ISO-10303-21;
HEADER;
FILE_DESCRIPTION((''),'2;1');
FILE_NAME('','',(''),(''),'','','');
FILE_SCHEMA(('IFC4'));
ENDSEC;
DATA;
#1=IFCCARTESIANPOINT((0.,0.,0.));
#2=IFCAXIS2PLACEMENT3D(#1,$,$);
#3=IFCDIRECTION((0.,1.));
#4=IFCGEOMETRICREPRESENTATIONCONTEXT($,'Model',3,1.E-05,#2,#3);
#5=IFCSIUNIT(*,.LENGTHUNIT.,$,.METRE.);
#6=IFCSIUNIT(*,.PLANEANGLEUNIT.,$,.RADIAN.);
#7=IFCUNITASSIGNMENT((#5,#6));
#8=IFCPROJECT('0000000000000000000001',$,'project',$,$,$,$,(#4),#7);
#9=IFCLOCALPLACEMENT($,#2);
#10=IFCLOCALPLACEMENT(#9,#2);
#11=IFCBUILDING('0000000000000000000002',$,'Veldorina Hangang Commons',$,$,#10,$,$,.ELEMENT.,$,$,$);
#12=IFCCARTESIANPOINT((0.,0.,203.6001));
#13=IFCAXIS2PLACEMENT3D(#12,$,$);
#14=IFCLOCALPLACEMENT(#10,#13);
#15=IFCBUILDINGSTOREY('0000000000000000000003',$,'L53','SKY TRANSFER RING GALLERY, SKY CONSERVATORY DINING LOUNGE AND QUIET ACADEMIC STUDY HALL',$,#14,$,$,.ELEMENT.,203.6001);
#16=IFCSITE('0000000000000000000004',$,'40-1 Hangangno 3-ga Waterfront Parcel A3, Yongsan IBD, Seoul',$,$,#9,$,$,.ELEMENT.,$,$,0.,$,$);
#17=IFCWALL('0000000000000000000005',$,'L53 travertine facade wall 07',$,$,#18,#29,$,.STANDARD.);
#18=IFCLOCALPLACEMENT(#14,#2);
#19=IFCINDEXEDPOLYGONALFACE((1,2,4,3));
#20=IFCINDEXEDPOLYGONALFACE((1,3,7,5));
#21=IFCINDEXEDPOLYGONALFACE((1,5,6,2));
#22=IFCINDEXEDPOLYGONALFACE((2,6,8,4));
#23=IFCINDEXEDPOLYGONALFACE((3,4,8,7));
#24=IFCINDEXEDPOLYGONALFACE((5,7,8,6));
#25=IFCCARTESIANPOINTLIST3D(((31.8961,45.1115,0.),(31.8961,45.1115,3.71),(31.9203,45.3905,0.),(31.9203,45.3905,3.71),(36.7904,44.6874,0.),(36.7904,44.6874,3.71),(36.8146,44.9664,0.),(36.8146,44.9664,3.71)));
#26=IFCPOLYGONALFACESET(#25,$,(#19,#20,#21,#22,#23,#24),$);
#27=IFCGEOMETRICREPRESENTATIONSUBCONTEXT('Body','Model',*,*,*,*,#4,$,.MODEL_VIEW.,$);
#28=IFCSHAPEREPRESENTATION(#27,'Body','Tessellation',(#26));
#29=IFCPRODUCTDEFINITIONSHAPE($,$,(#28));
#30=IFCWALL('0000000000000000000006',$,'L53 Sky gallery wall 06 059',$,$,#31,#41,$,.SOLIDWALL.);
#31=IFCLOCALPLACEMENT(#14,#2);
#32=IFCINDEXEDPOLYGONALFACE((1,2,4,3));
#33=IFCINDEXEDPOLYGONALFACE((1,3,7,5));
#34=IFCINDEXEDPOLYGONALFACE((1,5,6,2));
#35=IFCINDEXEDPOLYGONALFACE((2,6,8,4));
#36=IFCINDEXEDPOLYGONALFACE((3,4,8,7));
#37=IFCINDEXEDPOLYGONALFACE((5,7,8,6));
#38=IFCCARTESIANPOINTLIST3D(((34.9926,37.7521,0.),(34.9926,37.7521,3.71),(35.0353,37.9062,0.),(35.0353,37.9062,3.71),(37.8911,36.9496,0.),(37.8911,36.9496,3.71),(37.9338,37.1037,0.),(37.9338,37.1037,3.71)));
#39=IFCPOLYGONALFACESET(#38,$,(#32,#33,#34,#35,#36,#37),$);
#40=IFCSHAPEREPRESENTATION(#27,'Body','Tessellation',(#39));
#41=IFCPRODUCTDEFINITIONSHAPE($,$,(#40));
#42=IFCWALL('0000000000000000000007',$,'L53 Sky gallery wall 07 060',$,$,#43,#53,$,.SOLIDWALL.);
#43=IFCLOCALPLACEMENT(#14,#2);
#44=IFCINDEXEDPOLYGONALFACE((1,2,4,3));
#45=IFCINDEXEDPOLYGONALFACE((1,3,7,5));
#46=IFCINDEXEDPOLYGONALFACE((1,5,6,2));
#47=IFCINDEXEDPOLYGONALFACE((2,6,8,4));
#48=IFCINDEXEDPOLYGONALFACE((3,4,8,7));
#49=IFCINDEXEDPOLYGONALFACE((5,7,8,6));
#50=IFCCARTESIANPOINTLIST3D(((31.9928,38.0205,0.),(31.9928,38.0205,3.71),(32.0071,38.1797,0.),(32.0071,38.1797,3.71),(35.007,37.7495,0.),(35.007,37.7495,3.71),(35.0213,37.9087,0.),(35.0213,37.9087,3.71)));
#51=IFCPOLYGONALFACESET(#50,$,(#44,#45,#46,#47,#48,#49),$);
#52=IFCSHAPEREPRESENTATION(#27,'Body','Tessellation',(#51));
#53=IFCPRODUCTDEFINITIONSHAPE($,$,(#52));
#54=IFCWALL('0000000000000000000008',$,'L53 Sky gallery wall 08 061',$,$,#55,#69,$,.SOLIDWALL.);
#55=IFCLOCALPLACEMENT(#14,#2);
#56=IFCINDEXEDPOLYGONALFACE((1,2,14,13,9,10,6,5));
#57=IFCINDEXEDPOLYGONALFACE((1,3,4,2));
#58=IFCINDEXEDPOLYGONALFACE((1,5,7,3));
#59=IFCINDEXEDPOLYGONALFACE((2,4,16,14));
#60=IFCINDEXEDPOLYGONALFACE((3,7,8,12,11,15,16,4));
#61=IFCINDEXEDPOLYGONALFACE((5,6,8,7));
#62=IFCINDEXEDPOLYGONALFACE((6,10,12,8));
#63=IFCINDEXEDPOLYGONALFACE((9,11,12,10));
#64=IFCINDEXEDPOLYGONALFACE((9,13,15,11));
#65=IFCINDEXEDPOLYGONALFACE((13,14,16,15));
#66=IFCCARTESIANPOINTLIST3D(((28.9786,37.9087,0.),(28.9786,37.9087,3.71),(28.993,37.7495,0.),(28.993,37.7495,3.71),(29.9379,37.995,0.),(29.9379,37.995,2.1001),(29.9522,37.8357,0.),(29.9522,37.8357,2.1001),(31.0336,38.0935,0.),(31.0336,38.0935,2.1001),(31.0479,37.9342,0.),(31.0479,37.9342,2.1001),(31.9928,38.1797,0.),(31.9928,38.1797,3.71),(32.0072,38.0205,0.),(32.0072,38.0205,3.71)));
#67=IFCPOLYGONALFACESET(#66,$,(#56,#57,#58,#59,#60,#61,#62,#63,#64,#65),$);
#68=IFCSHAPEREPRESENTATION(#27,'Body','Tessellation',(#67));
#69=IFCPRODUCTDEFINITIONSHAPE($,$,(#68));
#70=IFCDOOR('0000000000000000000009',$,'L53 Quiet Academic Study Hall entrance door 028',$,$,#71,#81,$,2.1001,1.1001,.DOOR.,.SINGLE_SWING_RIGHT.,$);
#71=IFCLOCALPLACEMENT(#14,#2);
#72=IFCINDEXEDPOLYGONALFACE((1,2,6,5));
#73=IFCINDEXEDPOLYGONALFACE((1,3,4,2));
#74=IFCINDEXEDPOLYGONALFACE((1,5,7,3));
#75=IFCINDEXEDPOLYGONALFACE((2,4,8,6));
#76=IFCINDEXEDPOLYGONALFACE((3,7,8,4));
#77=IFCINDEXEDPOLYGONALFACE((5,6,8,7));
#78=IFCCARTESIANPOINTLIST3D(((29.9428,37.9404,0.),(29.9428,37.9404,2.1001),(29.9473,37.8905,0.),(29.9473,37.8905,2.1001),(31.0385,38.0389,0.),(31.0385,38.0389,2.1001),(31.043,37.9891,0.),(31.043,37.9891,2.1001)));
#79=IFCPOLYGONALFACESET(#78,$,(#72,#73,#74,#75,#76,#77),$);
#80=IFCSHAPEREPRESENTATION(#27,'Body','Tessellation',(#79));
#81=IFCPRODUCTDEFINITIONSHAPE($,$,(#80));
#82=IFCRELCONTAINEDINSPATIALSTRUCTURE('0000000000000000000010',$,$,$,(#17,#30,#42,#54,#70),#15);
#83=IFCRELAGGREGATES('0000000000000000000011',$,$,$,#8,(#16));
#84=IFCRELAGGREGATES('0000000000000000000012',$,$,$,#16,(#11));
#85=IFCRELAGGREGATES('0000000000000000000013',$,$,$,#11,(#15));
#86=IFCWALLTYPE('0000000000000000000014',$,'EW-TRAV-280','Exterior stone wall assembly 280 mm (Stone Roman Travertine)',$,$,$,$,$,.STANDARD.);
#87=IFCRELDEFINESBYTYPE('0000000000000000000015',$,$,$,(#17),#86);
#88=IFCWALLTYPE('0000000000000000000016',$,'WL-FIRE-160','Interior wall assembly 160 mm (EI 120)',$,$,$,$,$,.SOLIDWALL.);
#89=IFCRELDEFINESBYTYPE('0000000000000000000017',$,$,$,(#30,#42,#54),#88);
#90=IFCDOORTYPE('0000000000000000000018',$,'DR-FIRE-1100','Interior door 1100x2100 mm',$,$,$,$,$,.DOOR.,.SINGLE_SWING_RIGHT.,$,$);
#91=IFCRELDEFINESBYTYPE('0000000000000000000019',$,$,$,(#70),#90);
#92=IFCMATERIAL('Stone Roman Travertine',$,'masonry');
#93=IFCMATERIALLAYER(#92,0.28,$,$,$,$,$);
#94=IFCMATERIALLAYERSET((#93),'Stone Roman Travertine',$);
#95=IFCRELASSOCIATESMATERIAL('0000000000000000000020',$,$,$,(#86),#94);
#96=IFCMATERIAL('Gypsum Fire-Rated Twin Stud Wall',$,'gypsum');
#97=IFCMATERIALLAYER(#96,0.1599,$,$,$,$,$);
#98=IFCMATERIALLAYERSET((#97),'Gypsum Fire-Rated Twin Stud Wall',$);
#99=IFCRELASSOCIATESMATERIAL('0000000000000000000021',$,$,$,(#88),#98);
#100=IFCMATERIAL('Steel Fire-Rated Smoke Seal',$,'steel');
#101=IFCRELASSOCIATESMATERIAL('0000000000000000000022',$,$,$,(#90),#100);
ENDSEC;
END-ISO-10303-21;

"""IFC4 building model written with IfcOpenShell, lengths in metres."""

from ifc_helpers import new_model, si_unit, direction, frame, frame_2d, origin, place, context, subcontext, project, spatial, rectangle, extrude, material, layer, layer_set, type_object, element, fill, save


model = new_model("IFC4")

# Units and contexts
model_context = context("Model", 3, precision=1e-05, world=origin(), true_north=direction((0.0, 1.0)))
body_context = subcontext(model_context, "Body", "Model", "MODEL_VIEW")
ifc_project = project(units=[si_unit("LENGTHUNIT", "METRE"), si_unit("PLANEANGLEUNIT", "RADIAN")], contexts=[model_context])

# Site, building, storey
site_placement = place(None, origin())
site = spatial("IfcSite", under=ifc_project, at=site_placement, Name="40-1 Hangangno 3-ga Waterfront Parcel A3, Yongsan IBD, Seoul", CompositionType="ELEMENT", RefElevation=0.0)
building_placement = place(site_placement, origin())
building = spatial("IfcBuilding", under=site, at=building_placement, Name="Veldorina Hangang Commons", CompositionType="ELEMENT")
storey_placement = place(building_placement, frame((0.0, 0.0, 203.6001)))
storey = spatial("IfcBuildingStorey", under=building, at=storey_placement, Name="L53", Description="SKY TRANSFER RING GALLERY, SKY CONSERVATORY DINING LOUNGE AND QUIET ACADEMIC STUDY HALL", CompositionType="ELEMENT", Elevation=203.6001)

# Walls
ifc_material_1 = material(Name="Stone Roman Travertine", Category="masonry")
ifc_layer_1 = layer(ifc_material_1, 0.28)
ifc_layer_set_1 = layer_set([ifc_layer_1], Name="Stone Roman Travertine")
wall_type_1 = type_object("IfcWallType", Name="EW-TRAV-280", Description="Exterior stone wall assembly 280 mm (Stone Roman Travertine)", PredefinedType="STANDARD", material=ifc_layer_set_1)
wall_1_placement = place(storey_placement, frame((36.8025, 44.8269, 0.0), z_axis=(0.0, 0.0, 1.0), x_axis=(-0.996267, 0.086323, 0.0)))
element("IfcWall", 1, at=wall_1_placement, inside=storey, type_object=wall_type_1, Name="L53 travertine facade wall 07", PredefinedType="STANDARD", context=body_context, shape_type="SweptSolid", body=[
    extrude(rectangle(XDim=4.9126, YDim=0.28, at=frame_2d((2.4563, 0.0))), origin(), (0.0, 0.0, 1.0), 3.71),
])
ifc_material_2 = material(Name="Gypsum Fire-Rated Twin Stud Wall", Category="gypsum")
ifc_layer_2 = layer(ifc_material_2, 0.1599)
ifc_layer_set_2 = layer_set([ifc_layer_2], Name="Gypsum Fire-Rated Twin Stud Wall")
wall_type_2 = type_object("IfcWallType", Name="WL-FIRE-160", Description="Interior wall assembly 160 mm (EI 120)", PredefinedType="SOLIDWALL", material=ifc_layer_set_2)
wall_2_placement = place(storey_placement, frame((37.9126, 37.0266, 0.0), z_axis=(0.0, 0.0, 1.0), x_axis=(-0.963743, 0.266832, 0.0)))
element("IfcWall", 2, at=wall_2_placement, inside=storey, type_object=wall_type_2, Name="L53 Sky gallery wall 06 059", PredefinedType="SOLIDWALL", context=body_context, shape_type="SweptSolid", body=[
    extrude(rectangle(XDim=3.0076, YDim=0.1599, at=frame_2d((1.5039, 0.0))), origin(), (0.0, 0.0, 1.0), 3.71),
])
wall_3_placement = place(storey_placement, frame((35.0142, 37.8291, 0.0), z_axis=(0.0, 0.0, 1.0), x_axis=(-0.995983, 0.089546, 0.0)))
element("IfcWall", 3, at=wall_3_placement, inside=storey, type_object=wall_type_2, Name="L53 Sky gallery wall 07 060", PredefinedType="SOLIDWALL", context=body_context, shape_type="SweptSolid", body=[
    extrude(rectangle(XDim=3.0264, YDim=0.1599, at=frame_2d((1.5132, 0.0))), origin(), (0.0, 0.0, 1.0), 3.71),
])

# Wall, opening, door
wall_4_placement = place(storey_placement, frame((32.0, 38.1001, 0.0), z_axis=(0.0, 0.0, 1.0), x_axis=(-0.995983, -0.089546, 0.0)))
wall_4 = element("IfcWall", 4, at=wall_4_placement, inside=storey, type_object=wall_type_2, Name="L53 Sky gallery wall 08 061", PredefinedType="SOLIDWALL", context=body_context, shape_type="SweptSolid", body=[
    extrude(rectangle(XDim=3.0264, YDim=0.1599, at=frame_2d((1.5132, 0.0))), origin(), (0.0, 0.0, 1.0), 3.71),
])
opening_placement = place(wall_4_placement, frame((0.9631, 0.0, 0.0)))
opening = element("IfcOpeningElement", 5, at=opening_placement, cuts=wall_4, PredefinedType="OPENING", context=body_context, shape_type="SweptSolid", body=[
    extrude(rectangle(XDim=1.1001, YDim=2.1001, at=frame_2d((0.55, 1.05))), frame((0.0, 0.0898, 0.0), z_axis=(0.0, -1.0, 0.0), x_axis=(1.0, 0.0, 0.0)), (0.0, 0.0, 1.0), 0.1799),
])
ifc_material_3 = material(Name="Steel Fire-Rated Smoke Seal", Category="steel")
door_type = type_object("IfcDoorType", Name="DR-FIRE-1100", Description="Interior door 1100x2100 mm", OperationType="SINGLE_SWING_RIGHT", PredefinedType="DOOR", material=ifc_material_3)
door_placement = place(opening_placement, origin())
door = element("IfcDoor", 6, at=door_placement, inside=storey, type_object=door_type, Name="L53 Quiet Academic Study Hall entrance door 028", OperationType="SINGLE_SWING_RIGHT", OverallHeight=2.1001, OverallWidth=1.1001, PredefinedType="DOOR", context=body_context, shape_type="SweptSolid", body=[
    extrude(rectangle(XDim=1.1001, YDim=2.1001, at=frame_2d((0.55, 1.05))), frame((0.0, 0.0249, 0.0), z_axis=(0.0, -1.0, 0.0), x_axis=(1.0, 0.0, 0.0)), (0.0, 0.0, 1.0), 0.05),
])
fill(opening, door)

save(model, "model.ifc")
